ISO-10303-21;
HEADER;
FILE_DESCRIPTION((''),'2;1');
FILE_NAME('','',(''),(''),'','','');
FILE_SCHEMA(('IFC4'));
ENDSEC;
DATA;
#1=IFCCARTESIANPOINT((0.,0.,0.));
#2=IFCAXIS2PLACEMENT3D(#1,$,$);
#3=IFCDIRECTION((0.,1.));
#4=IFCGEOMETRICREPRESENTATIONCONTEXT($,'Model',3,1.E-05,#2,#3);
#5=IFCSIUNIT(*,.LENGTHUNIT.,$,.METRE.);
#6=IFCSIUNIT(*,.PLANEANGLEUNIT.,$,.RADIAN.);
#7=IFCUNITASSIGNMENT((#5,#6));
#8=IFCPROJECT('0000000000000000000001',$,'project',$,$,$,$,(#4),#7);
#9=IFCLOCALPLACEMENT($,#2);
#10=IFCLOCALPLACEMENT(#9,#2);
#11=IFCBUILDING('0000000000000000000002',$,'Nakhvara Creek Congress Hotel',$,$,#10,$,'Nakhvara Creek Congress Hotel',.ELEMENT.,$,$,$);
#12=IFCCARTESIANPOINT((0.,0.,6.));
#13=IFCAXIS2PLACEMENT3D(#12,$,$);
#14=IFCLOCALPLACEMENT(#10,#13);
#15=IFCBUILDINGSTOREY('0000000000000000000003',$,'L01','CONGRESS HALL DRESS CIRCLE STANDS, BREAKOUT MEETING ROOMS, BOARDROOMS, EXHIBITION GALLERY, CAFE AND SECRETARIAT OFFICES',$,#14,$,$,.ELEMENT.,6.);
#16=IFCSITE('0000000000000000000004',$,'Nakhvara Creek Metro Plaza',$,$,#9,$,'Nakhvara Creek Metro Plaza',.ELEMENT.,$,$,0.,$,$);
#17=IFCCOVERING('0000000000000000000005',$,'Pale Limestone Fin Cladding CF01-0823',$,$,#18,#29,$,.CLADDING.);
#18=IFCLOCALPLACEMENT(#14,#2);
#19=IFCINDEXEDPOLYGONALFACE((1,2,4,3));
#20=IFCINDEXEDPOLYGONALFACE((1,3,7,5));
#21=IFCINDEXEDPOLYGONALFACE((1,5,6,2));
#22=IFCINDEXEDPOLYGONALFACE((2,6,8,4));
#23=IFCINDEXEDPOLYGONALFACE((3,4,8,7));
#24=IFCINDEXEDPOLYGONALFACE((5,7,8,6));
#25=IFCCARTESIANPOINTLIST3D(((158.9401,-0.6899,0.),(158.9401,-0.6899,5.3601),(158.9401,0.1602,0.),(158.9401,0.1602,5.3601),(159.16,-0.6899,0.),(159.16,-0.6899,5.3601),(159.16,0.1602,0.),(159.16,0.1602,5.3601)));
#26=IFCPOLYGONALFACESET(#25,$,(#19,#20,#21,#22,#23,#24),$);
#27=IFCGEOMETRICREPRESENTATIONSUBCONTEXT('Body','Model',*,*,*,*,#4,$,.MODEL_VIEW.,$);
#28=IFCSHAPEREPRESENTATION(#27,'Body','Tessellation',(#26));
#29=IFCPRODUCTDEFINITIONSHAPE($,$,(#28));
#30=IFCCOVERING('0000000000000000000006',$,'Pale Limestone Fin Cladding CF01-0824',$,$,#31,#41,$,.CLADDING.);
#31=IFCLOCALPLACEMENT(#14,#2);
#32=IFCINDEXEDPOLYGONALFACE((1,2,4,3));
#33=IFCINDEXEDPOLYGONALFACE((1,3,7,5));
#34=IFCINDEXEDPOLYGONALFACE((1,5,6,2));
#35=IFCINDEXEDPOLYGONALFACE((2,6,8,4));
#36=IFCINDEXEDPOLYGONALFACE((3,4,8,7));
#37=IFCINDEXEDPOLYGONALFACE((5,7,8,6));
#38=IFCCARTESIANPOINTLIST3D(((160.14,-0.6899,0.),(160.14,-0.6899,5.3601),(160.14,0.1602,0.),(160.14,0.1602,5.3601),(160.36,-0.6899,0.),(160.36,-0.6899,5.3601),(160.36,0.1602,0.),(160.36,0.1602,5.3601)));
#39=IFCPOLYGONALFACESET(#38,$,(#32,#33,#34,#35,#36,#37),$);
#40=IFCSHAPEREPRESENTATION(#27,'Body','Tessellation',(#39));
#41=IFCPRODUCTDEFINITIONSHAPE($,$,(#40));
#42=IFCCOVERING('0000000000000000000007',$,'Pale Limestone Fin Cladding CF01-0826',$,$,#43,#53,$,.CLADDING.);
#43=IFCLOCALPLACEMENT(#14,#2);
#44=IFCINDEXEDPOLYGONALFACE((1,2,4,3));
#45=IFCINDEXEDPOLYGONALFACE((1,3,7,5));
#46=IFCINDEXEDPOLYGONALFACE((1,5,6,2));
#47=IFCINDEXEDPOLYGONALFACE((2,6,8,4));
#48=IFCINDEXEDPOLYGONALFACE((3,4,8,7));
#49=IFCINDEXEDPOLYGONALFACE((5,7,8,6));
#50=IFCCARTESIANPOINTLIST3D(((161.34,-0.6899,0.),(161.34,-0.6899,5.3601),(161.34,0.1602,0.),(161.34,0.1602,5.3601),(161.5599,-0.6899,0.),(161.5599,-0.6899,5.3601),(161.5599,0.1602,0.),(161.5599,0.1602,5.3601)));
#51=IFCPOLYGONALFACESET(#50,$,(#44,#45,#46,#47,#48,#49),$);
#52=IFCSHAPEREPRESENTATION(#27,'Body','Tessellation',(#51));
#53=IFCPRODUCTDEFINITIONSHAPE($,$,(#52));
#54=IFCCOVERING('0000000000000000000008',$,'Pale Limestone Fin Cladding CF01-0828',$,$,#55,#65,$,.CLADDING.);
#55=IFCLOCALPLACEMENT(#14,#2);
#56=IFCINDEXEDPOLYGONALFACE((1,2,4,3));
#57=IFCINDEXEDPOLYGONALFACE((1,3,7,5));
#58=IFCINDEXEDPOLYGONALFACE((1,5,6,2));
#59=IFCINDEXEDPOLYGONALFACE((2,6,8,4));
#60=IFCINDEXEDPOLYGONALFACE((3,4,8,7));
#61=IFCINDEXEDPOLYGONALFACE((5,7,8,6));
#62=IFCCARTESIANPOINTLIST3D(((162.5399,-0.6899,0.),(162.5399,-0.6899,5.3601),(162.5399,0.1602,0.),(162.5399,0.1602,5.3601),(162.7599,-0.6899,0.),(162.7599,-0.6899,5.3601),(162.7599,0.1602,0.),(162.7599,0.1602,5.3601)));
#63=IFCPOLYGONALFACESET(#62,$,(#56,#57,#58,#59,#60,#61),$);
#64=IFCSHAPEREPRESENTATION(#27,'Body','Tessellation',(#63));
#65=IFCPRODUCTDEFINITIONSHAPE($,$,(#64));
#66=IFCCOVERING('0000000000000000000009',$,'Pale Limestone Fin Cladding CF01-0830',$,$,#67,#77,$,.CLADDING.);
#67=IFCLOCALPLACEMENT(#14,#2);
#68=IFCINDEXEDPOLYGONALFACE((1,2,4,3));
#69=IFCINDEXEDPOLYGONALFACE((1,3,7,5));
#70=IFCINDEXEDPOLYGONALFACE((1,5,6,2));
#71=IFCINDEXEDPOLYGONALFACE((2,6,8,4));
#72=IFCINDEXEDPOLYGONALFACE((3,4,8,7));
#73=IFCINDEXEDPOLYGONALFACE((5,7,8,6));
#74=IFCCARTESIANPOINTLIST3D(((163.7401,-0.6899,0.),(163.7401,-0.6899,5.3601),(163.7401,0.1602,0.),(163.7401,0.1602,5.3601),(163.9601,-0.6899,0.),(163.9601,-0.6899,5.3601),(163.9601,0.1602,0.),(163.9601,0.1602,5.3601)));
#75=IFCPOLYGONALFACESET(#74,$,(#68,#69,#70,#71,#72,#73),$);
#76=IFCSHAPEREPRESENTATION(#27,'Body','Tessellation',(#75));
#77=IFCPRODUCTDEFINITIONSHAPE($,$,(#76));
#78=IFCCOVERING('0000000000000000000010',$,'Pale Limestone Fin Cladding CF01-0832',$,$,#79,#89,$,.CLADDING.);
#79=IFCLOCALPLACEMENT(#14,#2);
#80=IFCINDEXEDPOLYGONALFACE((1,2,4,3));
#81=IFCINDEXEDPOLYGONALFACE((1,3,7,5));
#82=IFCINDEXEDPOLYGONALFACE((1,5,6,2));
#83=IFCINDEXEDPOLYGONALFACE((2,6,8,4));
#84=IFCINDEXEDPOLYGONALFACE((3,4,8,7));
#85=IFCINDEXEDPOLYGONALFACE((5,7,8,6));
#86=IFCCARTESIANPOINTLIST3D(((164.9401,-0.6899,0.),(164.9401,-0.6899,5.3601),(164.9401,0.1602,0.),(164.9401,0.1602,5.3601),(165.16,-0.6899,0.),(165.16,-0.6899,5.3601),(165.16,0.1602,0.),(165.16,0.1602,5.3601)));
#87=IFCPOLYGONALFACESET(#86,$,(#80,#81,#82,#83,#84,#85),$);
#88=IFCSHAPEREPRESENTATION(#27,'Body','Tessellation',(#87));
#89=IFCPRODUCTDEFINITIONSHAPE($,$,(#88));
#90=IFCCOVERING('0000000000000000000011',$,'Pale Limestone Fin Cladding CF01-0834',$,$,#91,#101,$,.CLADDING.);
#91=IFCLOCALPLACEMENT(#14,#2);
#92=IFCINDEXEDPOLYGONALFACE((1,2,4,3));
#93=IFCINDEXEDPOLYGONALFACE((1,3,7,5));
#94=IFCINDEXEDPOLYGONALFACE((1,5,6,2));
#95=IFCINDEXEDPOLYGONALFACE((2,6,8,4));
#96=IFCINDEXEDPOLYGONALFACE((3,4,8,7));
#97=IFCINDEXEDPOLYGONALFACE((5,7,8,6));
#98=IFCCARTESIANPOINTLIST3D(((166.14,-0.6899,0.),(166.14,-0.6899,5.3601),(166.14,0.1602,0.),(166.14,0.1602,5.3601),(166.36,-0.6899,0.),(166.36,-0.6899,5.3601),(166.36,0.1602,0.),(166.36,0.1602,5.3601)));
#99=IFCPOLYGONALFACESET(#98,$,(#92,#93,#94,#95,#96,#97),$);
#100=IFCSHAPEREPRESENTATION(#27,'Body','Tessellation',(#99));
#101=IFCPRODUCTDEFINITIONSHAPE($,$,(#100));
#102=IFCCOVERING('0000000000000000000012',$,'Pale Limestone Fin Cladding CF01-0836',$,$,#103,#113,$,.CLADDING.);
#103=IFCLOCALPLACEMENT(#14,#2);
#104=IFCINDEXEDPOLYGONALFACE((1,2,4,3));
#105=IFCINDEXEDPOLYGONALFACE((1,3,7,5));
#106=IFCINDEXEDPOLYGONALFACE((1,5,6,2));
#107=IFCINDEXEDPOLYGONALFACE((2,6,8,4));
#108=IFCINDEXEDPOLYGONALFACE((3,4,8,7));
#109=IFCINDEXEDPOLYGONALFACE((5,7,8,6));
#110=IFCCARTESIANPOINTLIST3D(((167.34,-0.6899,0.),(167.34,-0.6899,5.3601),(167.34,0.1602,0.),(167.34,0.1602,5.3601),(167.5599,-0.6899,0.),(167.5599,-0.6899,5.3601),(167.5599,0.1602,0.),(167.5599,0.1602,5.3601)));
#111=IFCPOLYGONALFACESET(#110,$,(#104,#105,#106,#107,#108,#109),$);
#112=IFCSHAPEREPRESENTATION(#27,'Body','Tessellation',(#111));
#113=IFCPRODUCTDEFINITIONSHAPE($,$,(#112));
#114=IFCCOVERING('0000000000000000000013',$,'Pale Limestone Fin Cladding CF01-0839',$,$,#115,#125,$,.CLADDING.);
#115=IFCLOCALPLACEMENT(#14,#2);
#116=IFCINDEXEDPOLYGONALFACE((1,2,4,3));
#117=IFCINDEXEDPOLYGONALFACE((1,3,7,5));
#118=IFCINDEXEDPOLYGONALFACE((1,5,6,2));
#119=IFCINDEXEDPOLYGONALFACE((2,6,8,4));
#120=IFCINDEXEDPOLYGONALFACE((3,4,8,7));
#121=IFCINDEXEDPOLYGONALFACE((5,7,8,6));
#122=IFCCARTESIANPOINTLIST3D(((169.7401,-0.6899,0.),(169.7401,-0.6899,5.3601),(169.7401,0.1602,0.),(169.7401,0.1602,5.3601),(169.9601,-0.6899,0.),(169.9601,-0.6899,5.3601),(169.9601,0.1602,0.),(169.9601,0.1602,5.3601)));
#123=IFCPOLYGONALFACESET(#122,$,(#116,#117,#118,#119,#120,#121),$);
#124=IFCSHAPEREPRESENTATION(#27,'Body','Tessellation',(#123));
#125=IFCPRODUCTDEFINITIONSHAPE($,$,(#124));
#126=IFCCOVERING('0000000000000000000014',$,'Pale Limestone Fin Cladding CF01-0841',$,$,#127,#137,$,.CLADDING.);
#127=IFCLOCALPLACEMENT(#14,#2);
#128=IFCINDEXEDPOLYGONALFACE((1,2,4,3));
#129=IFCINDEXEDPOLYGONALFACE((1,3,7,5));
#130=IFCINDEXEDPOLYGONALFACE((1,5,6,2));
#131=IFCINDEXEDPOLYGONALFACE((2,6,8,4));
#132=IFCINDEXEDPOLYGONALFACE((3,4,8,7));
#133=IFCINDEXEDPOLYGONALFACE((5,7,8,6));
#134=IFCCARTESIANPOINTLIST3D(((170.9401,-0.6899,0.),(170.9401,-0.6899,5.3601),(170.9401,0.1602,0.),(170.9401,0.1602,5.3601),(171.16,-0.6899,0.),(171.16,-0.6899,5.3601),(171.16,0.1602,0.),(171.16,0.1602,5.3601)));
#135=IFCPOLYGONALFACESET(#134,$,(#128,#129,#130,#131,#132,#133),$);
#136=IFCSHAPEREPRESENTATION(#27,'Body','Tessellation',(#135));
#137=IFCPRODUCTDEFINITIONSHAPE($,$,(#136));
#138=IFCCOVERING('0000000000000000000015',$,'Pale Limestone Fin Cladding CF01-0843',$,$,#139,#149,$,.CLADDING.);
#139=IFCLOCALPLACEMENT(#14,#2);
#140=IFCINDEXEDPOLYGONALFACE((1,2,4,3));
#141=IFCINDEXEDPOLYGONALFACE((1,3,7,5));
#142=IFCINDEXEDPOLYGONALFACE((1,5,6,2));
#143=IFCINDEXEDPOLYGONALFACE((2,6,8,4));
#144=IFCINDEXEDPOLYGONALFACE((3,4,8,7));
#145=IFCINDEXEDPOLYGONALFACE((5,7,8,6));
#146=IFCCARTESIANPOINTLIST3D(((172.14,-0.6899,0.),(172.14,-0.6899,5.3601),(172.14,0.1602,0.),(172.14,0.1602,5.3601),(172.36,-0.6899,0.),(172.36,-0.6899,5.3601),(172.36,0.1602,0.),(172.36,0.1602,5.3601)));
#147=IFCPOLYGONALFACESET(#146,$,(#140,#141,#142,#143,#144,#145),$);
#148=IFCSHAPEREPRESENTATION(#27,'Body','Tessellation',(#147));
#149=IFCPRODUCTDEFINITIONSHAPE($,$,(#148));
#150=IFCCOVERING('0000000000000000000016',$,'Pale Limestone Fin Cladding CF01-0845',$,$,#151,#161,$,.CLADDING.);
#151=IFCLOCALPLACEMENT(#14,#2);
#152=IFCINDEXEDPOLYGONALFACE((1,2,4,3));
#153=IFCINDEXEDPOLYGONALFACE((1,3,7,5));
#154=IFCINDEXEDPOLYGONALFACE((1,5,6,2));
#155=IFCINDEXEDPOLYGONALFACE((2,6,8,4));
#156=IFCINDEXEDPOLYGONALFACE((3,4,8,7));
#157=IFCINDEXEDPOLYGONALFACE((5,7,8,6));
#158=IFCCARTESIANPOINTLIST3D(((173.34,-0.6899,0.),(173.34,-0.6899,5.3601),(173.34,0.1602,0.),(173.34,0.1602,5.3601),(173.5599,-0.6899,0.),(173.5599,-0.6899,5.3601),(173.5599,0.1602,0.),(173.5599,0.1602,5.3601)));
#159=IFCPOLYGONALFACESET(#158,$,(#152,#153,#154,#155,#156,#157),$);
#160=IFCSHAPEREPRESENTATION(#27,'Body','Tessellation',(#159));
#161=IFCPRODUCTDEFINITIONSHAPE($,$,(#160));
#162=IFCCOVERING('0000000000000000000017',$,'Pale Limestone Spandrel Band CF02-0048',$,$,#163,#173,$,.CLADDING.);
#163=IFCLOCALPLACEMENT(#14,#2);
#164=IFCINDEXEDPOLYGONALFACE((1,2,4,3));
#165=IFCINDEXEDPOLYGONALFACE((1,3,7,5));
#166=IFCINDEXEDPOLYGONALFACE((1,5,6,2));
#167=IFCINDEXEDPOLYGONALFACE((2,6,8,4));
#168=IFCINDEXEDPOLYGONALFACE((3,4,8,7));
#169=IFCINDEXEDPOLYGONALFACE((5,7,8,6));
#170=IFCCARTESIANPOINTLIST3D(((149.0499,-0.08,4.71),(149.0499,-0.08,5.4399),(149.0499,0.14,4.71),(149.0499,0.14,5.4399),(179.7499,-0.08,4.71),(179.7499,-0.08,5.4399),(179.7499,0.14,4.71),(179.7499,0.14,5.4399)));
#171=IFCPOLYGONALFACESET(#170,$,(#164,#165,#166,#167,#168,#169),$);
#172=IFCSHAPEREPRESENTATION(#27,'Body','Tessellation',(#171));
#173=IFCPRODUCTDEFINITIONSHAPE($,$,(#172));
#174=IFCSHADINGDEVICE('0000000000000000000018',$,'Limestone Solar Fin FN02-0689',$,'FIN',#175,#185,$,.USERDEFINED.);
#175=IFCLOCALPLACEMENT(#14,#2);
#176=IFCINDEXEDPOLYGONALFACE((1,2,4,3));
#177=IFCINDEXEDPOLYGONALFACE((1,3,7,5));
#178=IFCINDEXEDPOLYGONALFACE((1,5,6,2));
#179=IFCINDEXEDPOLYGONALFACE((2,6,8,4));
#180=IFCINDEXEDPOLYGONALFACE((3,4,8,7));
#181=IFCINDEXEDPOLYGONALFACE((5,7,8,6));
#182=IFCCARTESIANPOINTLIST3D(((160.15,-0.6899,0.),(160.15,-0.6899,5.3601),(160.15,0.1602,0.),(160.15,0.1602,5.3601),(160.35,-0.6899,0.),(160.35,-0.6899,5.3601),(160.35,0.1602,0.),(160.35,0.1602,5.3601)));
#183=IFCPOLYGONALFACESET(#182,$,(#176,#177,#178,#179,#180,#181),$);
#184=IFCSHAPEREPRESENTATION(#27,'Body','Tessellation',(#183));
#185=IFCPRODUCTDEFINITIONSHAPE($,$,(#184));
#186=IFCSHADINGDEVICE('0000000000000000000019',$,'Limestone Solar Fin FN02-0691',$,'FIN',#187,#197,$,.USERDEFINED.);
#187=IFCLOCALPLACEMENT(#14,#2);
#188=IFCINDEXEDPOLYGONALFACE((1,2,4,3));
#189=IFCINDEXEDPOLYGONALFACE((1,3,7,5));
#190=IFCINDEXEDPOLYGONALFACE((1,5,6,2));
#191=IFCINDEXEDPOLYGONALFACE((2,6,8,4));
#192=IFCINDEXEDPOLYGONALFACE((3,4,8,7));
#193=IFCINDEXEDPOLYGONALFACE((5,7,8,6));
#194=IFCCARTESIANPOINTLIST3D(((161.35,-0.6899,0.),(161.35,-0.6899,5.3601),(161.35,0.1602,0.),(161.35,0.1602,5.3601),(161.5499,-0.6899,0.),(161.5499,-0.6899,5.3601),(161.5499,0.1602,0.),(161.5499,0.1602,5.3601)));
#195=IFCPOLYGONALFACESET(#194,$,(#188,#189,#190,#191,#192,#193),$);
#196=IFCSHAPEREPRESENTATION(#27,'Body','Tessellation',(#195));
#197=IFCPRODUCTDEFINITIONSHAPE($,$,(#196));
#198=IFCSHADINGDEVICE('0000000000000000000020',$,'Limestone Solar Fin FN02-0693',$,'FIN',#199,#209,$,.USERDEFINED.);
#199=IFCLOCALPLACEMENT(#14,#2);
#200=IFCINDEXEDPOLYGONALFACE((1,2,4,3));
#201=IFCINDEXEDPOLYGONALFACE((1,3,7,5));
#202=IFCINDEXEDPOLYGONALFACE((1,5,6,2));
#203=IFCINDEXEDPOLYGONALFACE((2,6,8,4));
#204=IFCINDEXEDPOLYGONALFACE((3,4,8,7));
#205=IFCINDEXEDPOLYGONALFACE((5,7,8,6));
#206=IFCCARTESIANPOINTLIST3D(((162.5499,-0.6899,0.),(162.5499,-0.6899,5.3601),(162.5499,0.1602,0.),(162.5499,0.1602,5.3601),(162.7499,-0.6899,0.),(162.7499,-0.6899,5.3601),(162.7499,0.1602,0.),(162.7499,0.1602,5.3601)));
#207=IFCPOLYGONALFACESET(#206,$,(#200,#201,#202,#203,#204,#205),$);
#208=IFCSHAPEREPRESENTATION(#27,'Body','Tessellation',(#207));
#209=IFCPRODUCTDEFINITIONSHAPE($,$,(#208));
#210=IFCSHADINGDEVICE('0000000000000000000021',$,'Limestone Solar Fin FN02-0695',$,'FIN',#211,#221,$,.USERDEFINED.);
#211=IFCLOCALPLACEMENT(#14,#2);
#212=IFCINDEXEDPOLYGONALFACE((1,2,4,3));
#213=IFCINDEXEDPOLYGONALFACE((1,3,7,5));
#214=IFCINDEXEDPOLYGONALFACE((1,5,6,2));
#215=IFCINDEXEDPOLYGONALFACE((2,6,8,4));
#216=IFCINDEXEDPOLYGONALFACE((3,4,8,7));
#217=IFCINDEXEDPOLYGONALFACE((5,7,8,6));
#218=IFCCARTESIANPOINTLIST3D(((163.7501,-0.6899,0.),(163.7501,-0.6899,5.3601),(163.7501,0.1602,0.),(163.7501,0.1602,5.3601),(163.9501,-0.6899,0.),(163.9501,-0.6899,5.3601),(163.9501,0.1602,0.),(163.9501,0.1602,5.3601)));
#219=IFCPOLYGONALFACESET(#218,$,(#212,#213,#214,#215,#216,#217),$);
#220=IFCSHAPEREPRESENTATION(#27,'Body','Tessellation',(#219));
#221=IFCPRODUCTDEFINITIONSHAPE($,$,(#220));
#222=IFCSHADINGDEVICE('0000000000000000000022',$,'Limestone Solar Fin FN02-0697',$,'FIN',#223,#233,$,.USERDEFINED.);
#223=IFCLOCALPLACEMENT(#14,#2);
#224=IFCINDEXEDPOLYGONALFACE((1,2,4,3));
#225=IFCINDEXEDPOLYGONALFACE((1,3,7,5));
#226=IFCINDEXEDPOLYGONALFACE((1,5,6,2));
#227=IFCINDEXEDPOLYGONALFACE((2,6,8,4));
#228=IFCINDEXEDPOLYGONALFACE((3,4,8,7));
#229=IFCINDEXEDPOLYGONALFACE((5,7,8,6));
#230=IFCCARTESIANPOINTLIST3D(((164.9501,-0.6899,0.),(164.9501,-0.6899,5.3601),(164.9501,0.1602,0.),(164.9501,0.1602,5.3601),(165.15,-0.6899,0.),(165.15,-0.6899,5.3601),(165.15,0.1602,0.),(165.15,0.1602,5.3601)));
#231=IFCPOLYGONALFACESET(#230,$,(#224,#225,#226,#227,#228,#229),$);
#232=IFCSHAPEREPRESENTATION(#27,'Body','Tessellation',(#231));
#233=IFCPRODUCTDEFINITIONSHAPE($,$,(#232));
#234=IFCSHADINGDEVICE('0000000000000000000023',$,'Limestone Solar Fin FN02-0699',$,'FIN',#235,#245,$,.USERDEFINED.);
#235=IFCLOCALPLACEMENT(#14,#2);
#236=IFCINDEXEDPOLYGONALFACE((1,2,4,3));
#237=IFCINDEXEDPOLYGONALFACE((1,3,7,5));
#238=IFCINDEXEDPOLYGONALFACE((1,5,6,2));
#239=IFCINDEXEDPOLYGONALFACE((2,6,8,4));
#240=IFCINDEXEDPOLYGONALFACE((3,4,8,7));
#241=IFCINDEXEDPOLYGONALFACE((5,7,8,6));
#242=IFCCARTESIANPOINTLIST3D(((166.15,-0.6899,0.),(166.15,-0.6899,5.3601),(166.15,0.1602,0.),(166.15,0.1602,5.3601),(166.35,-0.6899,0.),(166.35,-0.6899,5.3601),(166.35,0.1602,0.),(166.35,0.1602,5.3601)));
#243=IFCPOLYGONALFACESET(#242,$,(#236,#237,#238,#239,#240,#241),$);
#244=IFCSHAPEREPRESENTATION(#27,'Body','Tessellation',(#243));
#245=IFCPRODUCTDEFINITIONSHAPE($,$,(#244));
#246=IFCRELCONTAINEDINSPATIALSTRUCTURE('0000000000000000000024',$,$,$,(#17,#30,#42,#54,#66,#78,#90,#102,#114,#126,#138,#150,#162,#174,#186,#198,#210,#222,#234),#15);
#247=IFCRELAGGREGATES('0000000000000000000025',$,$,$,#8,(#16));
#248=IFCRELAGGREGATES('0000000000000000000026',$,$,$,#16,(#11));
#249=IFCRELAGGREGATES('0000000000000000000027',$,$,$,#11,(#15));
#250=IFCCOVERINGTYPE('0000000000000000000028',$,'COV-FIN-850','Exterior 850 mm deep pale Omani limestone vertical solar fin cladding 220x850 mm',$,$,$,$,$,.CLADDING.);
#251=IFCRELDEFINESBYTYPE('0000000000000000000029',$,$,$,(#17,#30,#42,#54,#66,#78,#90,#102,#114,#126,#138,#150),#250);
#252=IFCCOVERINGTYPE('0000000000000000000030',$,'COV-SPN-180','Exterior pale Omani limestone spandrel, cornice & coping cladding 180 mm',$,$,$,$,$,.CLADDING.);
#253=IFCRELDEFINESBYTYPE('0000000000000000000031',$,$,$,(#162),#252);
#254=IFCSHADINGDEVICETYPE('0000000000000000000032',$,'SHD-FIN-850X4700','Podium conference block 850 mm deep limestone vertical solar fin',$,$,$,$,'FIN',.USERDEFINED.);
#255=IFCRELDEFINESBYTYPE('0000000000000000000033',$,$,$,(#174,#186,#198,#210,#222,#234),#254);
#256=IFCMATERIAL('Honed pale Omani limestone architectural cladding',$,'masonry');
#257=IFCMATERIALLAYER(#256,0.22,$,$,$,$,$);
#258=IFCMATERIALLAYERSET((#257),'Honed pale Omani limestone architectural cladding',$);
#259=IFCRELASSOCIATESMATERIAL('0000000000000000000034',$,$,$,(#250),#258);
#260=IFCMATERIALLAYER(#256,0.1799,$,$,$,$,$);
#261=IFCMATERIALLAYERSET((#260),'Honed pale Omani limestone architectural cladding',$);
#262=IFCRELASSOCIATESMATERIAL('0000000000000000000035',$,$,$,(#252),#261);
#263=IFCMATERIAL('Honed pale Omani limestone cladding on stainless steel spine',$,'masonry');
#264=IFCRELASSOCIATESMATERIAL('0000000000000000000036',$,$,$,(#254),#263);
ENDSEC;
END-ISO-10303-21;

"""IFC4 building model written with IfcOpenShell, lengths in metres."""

from ifc_helpers import new_model, si_unit, direction, frame, origin, origin_2d, place, context, subcontext, project, spatial, rectangle, extrude, material, layer, layer_set, type_object, element, save


model = new_model("IFC4")

# Units and contexts
model_context = context("Model", 3, precision=1e-05, world=origin(), true_north=direction((0.0, 1.0)))
body_context = subcontext(model_context, "Body", "Model", "MODEL_VIEW")
ifc_project = project(units=[si_unit("LENGTHUNIT", "METRE"), si_unit("PLANEANGLEUNIT", "RADIAN")], contexts=[model_context])

# Site, building, storey
site_placement = place(None, origin())
site = spatial("IfcSite", under=ifc_project, at=site_placement, Name="Nakhvara Creek Metro Plaza", LongName="Nakhvara Creek Metro Plaza", CompositionType="ELEMENT", RefElevation=0.0)
building_placement = place(site_placement, origin())
building = spatial("IfcBuilding", under=site, at=building_placement, Name="Nakhvara Creek Congress Hotel", LongName="Nakhvara Creek Congress Hotel", CompositionType="ELEMENT")
storey_placement = place(building_placement, frame((0.0, 0.0, 6.0)))
storey = spatial("IfcBuildingStorey", under=building, at=storey_placement, Name="L01", Description="CONGRESS HALL DRESS CIRCLE STANDS, BREAKOUT MEETING ROOMS, BOARDROOMS, EXHIBITION GALLERY, CAFE AND SECRETARIAT OFFICES", CompositionType="ELEMENT", Elevation=6.0)

# Coverings
ifc_material_1 = material(Name="Honed pale Omani limestone architectural cladding", Category="masonry")
ifc_layer_1 = layer(ifc_material_1, 0.22)
ifc_layer_set_1 = layer_set([ifc_layer_1], Name="Honed pale Omani limestone architectural cladding")
covering_type_1 = type_object("IfcCoveringType", Name="COV-FIN-850", Description="Exterior 850 mm deep pale Omani limestone vertical solar fin cladding 220x850 mm", PredefinedType="CLADDING", material=ifc_layer_set_1)
for number, where, z_axis, x_axis, name in (
    (1, (159.05, -0.2649, 0.0), (0.0, 0.0, 1.0), (1.0, 0.0, 0.0), "Pale Limestone Fin Cladding CF01-0823"),
    (2, (160.25, -0.2649, 0.0), (0.0, 0.0, 1.0), (1.0, 0.0, 0.0), "Pale Limestone Fin Cladding CF01-0824"),
    (3, (161.45, -0.2649, 0.0), (0.0, 0.0, 1.0), (1.0, 0.0, 0.0), "Pale Limestone Fin Cladding CF01-0826"),
    (4, (162.6499, -0.2649, 0.0), (0.0, 0.0, 1.0), (1.0, 0.0, 0.0), "Pale Limestone Fin Cladding CF01-0828"),
    (5, (163.8501, -0.2649, 0.0), (0.0, 0.0, 1.0), (1.0, 0.0, 0.0), "Pale Limestone Fin Cladding CF01-0830"),
    (6, (165.05, -0.2649, 0.0), (0.0, 0.0, 1.0), (1.0, 0.0, 0.0), "Pale Limestone Fin Cladding CF01-0832"),
    (7, (166.25, -0.2649, 0.0), (0.0, 0.0, 1.0), (1.0, 0.0, 0.0), "Pale Limestone Fin Cladding CF01-0834"),
    (8, (167.45, -0.2649, 0.0), (0.0, 0.0, 1.0), (1.0, 0.0, 0.0), "Pale Limestone Fin Cladding CF01-0836"),
    (9, (169.8501, -0.2649, 0.0), (0.0, 0.0, 1.0), (1.0, 0.0, 0.0), "Pale Limestone Fin Cladding CF01-0839"),
    (10, (171.05, -0.2649, 0.0), (0.0, 0.0, 1.0), (1.0, 0.0, 0.0), "Pale Limestone Fin Cladding CF01-0841"),
    (11, (172.25, -0.2649, 0.0), (0.0, 0.0, 1.0), (1.0, 0.0, 0.0), "Pale Limestone Fin Cladding CF01-0843"),
    (12, (173.45, -0.2649, 0.0), (0.0, 0.0, 1.0), (1.0, 0.0, 0.0), "Pale Limestone Fin Cladding CF01-0845"),
):
    element("IfcCovering", number, at=place(storey_placement, frame(where, z_axis=z_axis, x_axis=x_axis)), inside=storey, type_object=covering_type_1, Name=name, PredefinedType="CLADDING", context=body_context, shape_type="SweptSolid", body=[
        extrude(rectangle(XDim=0.22, YDim=0.8501, at=origin_2d()), origin(), (0.0, 0.0, 1.0), 5.3601),
    ])
ifc_layer_2 = layer(ifc_material_1, 0.1799)
ifc_layer_set_2 = layer_set([ifc_layer_2], Name="Honed pale Omani limestone architectural cladding")
covering_type_2 = type_object("IfcCoveringType", Name="COV-SPN-180", Description="Exterior pale Omani limestone spandrel, cornice & coping cladding 180 mm", PredefinedType="CLADDING", material=ifc_layer_set_2)
covering_placement = place(storey_placement, frame((164.3999, 0.03, 4.71), z_axis=(0.0, 0.0, 1.0), x_axis=(1.0, 0.0, 0.0)))
element("IfcCovering", 13, at=covering_placement, inside=storey, type_object=covering_type_2, Name="Pale Limestone Spandrel Band CF02-0048", PredefinedType="CLADDING", context=body_context, shape_type="SweptSolid", body=[
    extrude(rectangle(XDim=30.7, YDim=0.22, at=origin_2d()), origin(), (0.0, 0.0, 1.0), 0.73),
])

# Shading devices
ifc_material_2 = material(Name="Honed pale Omani limestone cladding on stainless steel spine", Category="masonry")
shading_device_type = type_object("IfcShadingDeviceType", Name="SHD-FIN-850X4700", Description="Podium conference block 850 mm deep limestone vertical solar fin", ElementType="FIN", PredefinedType="USERDEFINED", material=ifc_material_2)
for number, where, z_axis, x_axis, name in (
    (14, (160.25, -0.2649, 0.0), (0.0, 0.0, 1.0), (1.0, 0.0, 0.0), "Limestone Solar Fin FN02-0689"),
    (15, (161.45, -0.2649, 0.0), (0.0, 0.0, 1.0), (1.0, 0.0, 0.0), "Limestone Solar Fin FN02-0691"),
    (16, (162.6499, -0.2649, 0.0), (0.0, 0.0, 1.0), (1.0, 0.0, 0.0), "Limestone Solar Fin FN02-0693"),
    (17, (163.8501, -0.2649, 0.0), (0.0, 0.0, 1.0), (1.0, 0.0, 0.0), "Limestone Solar Fin FN02-0695"),
    (18, (165.05, -0.2649, 0.0), (0.0, 0.0, 1.0), (1.0, 0.0, 0.0), "Limestone Solar Fin FN02-0697"),
    (19, (166.25, -0.2649, 0.0), (0.0, 0.0, 1.0), (1.0, 0.0, 0.0), "Limestone Solar Fin FN02-0699"),
):
    element("IfcShadingDevice", number, at=place(storey_placement, frame(where, z_axis=z_axis, x_axis=x_axis)), inside=storey, type_object=shading_device_type, Name=name, ObjectType="FIN", PredefinedType="USERDEFINED", context=body_context, shape_type="SweptSolid", body=[
        extrude(rectangle(XDim=0.2, YDim=0.8501, at=origin_2d()), origin(), (0.0, 0.0, 1.0), 5.3601),
    ])

save(model, "model.ifc")
